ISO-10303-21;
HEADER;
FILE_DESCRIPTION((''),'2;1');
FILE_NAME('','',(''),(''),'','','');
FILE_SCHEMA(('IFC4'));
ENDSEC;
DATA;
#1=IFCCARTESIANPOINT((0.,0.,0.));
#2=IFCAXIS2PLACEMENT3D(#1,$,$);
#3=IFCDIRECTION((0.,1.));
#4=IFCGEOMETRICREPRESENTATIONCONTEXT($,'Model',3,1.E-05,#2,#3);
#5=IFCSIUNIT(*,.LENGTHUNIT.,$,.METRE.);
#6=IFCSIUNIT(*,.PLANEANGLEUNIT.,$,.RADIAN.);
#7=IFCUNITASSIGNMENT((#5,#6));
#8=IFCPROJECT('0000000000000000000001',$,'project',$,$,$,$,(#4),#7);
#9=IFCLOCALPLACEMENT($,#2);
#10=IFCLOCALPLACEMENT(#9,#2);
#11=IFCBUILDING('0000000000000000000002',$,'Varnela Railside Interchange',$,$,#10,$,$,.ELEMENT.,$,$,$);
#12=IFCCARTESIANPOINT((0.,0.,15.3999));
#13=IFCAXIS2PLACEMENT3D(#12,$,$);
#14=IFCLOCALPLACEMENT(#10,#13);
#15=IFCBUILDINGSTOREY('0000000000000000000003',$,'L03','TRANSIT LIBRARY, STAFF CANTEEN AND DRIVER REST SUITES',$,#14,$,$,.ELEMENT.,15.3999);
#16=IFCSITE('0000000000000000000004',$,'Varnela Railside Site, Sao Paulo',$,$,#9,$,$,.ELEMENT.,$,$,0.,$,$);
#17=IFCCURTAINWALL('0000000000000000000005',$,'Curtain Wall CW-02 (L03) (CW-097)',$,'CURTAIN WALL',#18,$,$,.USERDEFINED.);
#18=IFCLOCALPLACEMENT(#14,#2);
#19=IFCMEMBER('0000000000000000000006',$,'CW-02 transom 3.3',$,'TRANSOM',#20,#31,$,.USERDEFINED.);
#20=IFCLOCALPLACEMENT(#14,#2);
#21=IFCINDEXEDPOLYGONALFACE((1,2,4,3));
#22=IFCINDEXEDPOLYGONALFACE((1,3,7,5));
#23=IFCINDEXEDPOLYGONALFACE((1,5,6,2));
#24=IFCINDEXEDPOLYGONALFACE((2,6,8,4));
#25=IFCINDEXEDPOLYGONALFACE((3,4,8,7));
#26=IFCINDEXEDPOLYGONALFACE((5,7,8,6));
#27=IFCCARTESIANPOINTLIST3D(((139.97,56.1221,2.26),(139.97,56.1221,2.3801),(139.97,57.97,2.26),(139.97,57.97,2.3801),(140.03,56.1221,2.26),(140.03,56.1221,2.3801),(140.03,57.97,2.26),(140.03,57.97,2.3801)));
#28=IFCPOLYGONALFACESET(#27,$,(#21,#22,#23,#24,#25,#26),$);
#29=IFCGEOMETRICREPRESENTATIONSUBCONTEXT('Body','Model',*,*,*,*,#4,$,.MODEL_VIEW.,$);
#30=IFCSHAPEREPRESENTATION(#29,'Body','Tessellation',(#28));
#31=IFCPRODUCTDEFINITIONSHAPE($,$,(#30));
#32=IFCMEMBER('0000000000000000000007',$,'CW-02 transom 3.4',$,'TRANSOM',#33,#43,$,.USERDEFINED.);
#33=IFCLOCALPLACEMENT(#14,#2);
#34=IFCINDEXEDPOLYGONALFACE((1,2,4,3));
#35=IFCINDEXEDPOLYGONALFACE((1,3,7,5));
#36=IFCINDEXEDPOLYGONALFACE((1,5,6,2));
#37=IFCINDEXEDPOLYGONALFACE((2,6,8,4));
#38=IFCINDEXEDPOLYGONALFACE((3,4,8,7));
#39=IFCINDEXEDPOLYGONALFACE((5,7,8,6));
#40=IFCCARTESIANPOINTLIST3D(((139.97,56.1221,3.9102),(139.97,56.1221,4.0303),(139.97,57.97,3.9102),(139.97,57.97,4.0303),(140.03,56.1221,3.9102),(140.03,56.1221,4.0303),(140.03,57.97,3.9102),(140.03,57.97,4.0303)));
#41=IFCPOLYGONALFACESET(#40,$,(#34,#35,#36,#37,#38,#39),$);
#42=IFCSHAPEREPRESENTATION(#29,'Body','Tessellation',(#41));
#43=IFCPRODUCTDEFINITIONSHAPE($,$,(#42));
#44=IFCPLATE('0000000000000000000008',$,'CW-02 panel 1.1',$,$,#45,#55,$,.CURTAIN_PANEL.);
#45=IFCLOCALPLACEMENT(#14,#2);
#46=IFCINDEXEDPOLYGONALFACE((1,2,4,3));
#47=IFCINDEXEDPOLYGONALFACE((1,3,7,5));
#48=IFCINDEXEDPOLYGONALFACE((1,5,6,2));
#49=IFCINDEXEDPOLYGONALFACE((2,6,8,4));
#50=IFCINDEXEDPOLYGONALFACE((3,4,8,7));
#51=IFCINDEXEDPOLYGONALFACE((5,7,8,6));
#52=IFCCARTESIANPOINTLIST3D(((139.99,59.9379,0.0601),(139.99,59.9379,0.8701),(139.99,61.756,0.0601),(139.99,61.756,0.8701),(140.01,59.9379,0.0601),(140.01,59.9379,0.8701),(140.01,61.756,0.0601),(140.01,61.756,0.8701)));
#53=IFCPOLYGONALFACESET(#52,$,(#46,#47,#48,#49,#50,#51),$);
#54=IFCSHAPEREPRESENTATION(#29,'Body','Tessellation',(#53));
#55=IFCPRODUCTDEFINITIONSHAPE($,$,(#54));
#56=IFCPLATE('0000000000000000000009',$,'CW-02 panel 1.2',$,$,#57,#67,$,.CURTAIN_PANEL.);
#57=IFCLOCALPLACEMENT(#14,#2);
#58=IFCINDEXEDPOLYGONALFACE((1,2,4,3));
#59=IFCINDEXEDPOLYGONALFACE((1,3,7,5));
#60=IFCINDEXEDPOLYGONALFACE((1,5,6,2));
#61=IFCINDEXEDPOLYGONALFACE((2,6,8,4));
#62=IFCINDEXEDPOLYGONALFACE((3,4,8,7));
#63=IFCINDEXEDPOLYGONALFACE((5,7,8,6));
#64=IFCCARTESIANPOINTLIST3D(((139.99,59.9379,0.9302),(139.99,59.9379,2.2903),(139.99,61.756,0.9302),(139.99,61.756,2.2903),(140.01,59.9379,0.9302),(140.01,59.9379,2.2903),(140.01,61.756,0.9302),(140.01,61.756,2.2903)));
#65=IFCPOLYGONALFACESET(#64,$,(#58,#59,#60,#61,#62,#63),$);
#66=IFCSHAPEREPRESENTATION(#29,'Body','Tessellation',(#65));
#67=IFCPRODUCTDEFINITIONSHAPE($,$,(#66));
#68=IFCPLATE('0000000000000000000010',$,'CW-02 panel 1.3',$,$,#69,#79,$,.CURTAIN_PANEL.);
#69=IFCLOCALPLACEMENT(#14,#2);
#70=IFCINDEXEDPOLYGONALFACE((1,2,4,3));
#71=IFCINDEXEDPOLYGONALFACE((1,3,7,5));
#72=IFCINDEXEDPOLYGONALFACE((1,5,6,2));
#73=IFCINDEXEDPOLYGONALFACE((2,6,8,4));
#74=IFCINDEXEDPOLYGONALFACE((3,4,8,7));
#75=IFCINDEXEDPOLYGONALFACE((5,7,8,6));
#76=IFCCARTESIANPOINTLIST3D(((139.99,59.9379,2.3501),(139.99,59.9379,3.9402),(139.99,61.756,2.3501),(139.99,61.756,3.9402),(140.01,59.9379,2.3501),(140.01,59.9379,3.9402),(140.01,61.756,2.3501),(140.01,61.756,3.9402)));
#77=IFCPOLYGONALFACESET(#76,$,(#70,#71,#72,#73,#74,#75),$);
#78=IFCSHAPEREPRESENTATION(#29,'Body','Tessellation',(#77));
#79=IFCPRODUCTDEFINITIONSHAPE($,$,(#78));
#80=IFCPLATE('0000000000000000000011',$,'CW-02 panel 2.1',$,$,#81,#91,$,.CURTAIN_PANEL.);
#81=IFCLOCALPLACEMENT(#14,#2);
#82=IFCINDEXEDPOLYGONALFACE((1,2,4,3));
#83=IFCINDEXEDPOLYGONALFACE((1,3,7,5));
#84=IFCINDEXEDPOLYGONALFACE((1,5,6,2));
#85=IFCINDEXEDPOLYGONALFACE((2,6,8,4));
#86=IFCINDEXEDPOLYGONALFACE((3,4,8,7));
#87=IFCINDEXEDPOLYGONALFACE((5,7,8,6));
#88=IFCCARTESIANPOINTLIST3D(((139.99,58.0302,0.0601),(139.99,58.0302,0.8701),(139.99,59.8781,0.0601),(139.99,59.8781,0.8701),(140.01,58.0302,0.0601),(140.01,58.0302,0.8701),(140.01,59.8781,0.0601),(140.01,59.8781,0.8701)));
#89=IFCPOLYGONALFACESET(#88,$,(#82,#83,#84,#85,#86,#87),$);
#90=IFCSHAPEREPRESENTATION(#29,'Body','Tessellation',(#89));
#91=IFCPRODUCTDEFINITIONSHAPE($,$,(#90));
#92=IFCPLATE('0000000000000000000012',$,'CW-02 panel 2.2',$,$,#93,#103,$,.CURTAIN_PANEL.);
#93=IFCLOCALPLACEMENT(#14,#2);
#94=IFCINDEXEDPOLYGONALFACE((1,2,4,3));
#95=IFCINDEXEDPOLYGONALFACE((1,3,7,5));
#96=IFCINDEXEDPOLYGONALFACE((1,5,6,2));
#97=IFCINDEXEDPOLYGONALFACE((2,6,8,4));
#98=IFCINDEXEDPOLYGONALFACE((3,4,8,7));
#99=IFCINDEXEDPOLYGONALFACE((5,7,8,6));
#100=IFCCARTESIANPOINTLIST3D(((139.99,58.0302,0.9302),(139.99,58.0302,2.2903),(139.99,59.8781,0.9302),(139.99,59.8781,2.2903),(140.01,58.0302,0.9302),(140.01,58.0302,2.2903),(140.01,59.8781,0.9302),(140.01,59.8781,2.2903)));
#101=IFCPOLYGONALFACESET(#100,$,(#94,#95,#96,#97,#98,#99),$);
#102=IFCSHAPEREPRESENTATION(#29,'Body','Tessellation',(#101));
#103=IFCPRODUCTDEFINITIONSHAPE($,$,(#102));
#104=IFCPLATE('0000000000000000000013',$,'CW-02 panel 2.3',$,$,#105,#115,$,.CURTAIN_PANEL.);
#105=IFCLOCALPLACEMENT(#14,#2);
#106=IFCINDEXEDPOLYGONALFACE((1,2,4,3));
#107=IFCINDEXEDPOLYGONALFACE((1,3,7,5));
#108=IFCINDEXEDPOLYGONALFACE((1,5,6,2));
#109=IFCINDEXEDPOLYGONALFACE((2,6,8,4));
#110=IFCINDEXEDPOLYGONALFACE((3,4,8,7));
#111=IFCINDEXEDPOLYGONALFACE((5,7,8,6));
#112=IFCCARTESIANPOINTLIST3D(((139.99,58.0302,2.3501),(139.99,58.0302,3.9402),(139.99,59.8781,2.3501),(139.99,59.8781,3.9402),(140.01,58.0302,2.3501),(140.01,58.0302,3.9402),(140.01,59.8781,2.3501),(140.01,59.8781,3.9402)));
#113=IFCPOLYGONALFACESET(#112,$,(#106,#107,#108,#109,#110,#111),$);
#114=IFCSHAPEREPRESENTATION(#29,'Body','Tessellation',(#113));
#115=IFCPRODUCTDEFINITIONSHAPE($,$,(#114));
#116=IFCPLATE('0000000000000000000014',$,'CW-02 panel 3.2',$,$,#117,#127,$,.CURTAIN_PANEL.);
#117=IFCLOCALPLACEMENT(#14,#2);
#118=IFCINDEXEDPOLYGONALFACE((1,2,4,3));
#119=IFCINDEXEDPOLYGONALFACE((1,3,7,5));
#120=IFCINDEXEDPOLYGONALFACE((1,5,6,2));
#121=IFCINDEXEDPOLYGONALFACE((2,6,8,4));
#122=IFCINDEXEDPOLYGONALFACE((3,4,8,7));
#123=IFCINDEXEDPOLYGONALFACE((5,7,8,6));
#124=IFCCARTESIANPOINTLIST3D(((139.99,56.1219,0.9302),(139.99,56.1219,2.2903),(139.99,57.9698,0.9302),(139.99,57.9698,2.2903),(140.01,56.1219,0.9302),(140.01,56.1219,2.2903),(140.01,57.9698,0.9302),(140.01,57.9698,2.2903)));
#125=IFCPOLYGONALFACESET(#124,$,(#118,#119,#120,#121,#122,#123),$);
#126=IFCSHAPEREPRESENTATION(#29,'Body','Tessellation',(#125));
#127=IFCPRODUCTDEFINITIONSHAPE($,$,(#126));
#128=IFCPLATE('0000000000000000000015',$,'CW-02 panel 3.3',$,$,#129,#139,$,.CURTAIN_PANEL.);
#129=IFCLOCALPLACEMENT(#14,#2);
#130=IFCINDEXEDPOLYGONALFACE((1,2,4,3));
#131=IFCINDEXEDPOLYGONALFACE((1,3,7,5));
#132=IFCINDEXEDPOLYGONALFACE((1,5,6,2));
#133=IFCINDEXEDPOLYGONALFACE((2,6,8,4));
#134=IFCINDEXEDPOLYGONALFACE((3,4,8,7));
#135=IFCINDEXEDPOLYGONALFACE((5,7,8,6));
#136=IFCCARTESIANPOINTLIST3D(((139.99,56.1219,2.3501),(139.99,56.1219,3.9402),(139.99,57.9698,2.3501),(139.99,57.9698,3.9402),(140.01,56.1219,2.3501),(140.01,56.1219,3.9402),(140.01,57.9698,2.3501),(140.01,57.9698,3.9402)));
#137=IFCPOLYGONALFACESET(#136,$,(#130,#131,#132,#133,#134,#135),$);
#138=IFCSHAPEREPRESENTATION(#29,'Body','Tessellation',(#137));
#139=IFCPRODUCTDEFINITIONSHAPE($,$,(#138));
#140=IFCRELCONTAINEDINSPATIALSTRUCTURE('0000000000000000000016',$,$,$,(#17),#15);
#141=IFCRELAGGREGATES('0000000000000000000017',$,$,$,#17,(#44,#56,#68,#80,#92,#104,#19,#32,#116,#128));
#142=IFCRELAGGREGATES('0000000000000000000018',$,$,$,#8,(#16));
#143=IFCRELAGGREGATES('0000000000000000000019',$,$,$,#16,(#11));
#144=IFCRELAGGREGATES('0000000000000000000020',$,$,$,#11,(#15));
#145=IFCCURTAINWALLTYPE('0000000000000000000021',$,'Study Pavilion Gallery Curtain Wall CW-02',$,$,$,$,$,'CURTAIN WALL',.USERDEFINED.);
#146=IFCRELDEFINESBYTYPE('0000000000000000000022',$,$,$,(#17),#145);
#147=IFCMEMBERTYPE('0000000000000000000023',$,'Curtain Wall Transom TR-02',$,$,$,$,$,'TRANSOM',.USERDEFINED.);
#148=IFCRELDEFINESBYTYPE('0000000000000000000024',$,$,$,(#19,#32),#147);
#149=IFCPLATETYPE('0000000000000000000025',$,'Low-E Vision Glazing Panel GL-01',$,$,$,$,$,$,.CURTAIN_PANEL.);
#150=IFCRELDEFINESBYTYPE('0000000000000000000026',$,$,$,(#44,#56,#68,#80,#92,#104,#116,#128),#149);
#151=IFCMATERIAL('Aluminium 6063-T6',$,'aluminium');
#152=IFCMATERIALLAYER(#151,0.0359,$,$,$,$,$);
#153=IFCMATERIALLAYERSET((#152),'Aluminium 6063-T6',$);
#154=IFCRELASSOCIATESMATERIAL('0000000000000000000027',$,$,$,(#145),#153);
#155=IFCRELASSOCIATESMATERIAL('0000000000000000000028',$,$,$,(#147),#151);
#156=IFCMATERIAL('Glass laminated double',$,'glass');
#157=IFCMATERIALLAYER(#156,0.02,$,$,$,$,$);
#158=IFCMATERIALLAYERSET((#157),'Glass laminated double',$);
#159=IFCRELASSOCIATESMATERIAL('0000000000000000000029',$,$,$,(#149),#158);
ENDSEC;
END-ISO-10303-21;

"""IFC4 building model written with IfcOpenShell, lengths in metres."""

from ifc_helpers import new_model, si_unit, direction, frame, origin, origin_2d, place, context, subcontext, project, spatial, rectangle, extrude, material, layer, layer_set, material_profile, profile_set, type_object, element, aggregate, save


model = new_model("IFC4")

# Units and contexts
model_context = context("Model", 3, precision=1e-05, world=origin(), true_north=direction((0.0, 1.0)))
body_context = subcontext(model_context, "Body", "Model", "MODEL_VIEW")
ifc_project = project(units=[si_unit("LENGTHUNIT", "METRE"), si_unit("PLANEANGLEUNIT", "RADIAN")], contexts=[model_context])

# Site, building, storey
site_placement = place(None, origin())
site = spatial("IfcSite", under=ifc_project, at=site_placement, Name="Varnela Railside Site, Sao Paulo", CompositionType="ELEMENT", RefElevation=0.0)
building_placement = place(site_placement, origin())
building = spatial("IfcBuilding", under=site, at=building_placement, Name="Varnela Railside Interchange", CompositionType="ELEMENT")
storey_placement = place(building_placement, frame((0.0, 0.0, 15.3999)))
storey = spatial("IfcBuildingStorey", under=building, at=storey_placement, Name="L03", Description="TRANSIT LIBRARY, STAFF CANTEEN AND DRIVER REST SUITES", CompositionType="ELEMENT", Elevation=15.3999)

# Curtain wall, members, plates
ifc_material_1 = material(Name="Aluminium 6063-T6", Category="aluminium")
ifc_layer_1 = layer(ifc_material_1, 0.0359)
ifc_layer_set_1 = layer_set([ifc_layer_1], Name="Aluminium 6063-T6")
curtain_wall_type = type_object("IfcCurtainWallType", Name="Study Pavilion Gallery Curtain Wall CW-02", ElementType="CURTAIN WALL", PredefinedType="USERDEFINED", material=ifc_layer_set_1)
curtain_wall_placement = place(storey_placement, origin())
curtain_wall = element("IfcCurtainWall", 1, at=curtain_wall_placement, inside=storey, type_object=curtain_wall_type, Name="Curtain Wall CW-02 (L03) (CW-097)", ObjectType="CURTAIN WALL", PredefinedType="USERDEFINED")
ifc_material_profile_1 = material_profile(ifc_material_1, rectangle(XDim=0.0601, YDim=0.1201, at=origin_2d()), Name="ALU 60x120")
ifc_profile_set_1 = profile_set([ifc_material_profile_1], Name="Aluminium 6063-T6")
member_type_1 = type_object("IfcMemberType", Name="Curtain Wall Transom TR-02", ElementType="TRANSOM", PredefinedType="USERDEFINED", material=ifc_profile_set_1)
member_1_placement = place(storey_placement, frame((140.0, 57.97, 2.3201), z_axis=(0.0, -1.0, 0.0), x_axis=(1.0, 0.0, 0.0)))
member_1 = element("IfcMember", 2, at=member_1_placement, type_object=member_type_1, Name="CW-02 transom 3.3", ObjectType="TRANSOM", PredefinedType="USERDEFINED", context=body_context, shape_type="SweptSolid", body=[
    extrude(rectangle(XDim=0.0601, YDim=0.1201, at=origin_2d()), origin(), (0.0, 0.0, 1.0), 1.8479),
])
member_2_placement = place(storey_placement, frame((140.0, 57.97, 3.9702), z_axis=(0.0, -1.0, 0.0), x_axis=(1.0, 0.0, 0.0)))
member_2 = element("IfcMember", 3, at=member_2_placement, type_object=member_type_1, Name="CW-02 transom 3.4", ObjectType="TRANSOM", PredefinedType="USERDEFINED", context=body_context, shape_type="SweptSolid", body=[
    extrude(rectangle(XDim=0.0601, YDim=0.1201, at=origin_2d()), origin(), (0.0, 0.0, 1.0), 1.8479),
])
ifc_material_2 = material(Name="Glass laminated double", Category="glass")
ifc_layer_2 = layer(ifc_material_2, 0.02)
ifc_layer_set_2 = layer_set([ifc_layer_2], Name="Glass laminated double")
plate_type = type_object("IfcPlateType", Name="Low-E Vision Glazing Panel GL-01", PredefinedType="CURTAIN_PANEL", material=ifc_layer_set_2)
plate_1_placement = place(storey_placement, frame((140.0, 60.8469, 0.0601), z_axis=(0.0, 0.0, 1.0), x_axis=(0.0, -1.0, 0.0)))
plate_1 = element("IfcPlate", 4, at=plate_1_placement, type_object=plate_type, Name="CW-02 panel 1.1", PredefinedType="CURTAIN_PANEL", context=body_context, shape_type="SweptSolid", body=[
    extrude(rectangle(XDim=1.8181, YDim=0.02, at=origin_2d()), origin(), (0.0, 0.0, 1.0), 0.8101),
])
plate_2_placement = place(storey_placement, frame((140.0, 60.8469, 0.9302), z_axis=(0.0, 0.0, 1.0), x_axis=(0.0, -1.0, 0.0)))
plate_2 = element("IfcPlate", 5, at=plate_2_placement, type_object=plate_type, Name="CW-02 panel 1.2", PredefinedType="CURTAIN_PANEL", context=body_context, shape_type="SweptSolid", body=[
    extrude(rectangle(XDim=1.8181, YDim=0.02, at=origin_2d()), origin(), (0.0, 0.0, 1.0), 1.3601),
])
plate_3_placement = place(storey_placement, frame((140.0, 60.8469, 2.3501), z_axis=(0.0, 0.0, 1.0), x_axis=(0.0, -1.0, 0.0)))
plate_3 = element("IfcPlate", 6, at=plate_3_placement, type_object=plate_type, Name="CW-02 panel 1.3", PredefinedType="CURTAIN_PANEL", context=body_context, shape_type="SweptSolid", body=[
    extrude(rectangle(XDim=1.8181, YDim=0.02, at=origin_2d()), origin(), (0.0, 0.0, 1.0), 1.5901),
])
plate_4_placement = place(storey_placement, frame((140.0, 58.9541, 0.0601), z_axis=(0.0, 0.0, 1.0), x_axis=(0.0, -1.0, 0.0)))
plate_4 = element("IfcPlate", 7, at=plate_4_placement, type_object=plate_type, Name="CW-02 panel 2.1", PredefinedType="CURTAIN_PANEL", context=body_context, shape_type="SweptSolid", body=[
    extrude(rectangle(XDim=1.8479, YDim=0.02, at=origin_2d()), origin(), (0.0, 0.0, 1.0), 0.8101),
])
plate_5_placement = place(storey_placement, frame((140.0, 58.9541, 0.9302), z_axis=(0.0, 0.0, 1.0), x_axis=(0.0, -1.0, 0.0)))
plate_5 = element("IfcPlate", 8, at=plate_5_placement, type_object=plate_type, Name="CW-02 panel 2.2", PredefinedType="CURTAIN_PANEL", context=body_context, shape_type="SweptSolid", body=[
    extrude(rectangle(XDim=1.8479, YDim=0.02, at=origin_2d()), origin(), (0.0, 0.0, 1.0), 1.3601),
])
plate_6_placement = place(storey_placement, frame((140.0, 58.9541, 2.3501), z_axis=(0.0, 0.0, 1.0), x_axis=(0.0, -1.0, 0.0)))
plate_6 = element("IfcPlate", 9, at=plate_6_placement, type_object=plate_type, Name="CW-02 panel 2.3", PredefinedType="CURTAIN_PANEL", context=body_context, shape_type="SweptSolid", body=[
    extrude(rectangle(XDim=1.8479, YDim=0.02, at=origin_2d()), origin(), (0.0, 0.0, 1.0), 1.5901),
])
plate_7_placement = place(storey_placement, frame((140.0, 57.0459, 0.9302), z_axis=(0.0, 0.0, 1.0), x_axis=(0.0, -1.0, 0.0)))
plate_7 = element("IfcPlate", 10, at=plate_7_placement, type_object=plate_type, Name="CW-02 panel 3.2", PredefinedType="CURTAIN_PANEL", context=body_context, shape_type="SweptSolid", body=[
    extrude(rectangle(XDim=1.8479, YDim=0.02, at=origin_2d()), origin(), (0.0, 0.0, 1.0), 1.3601),
])
plate_8_placement = place(storey_placement, frame((140.0, 57.0459, 2.3501), z_axis=(0.0, 0.0, 1.0), x_axis=(0.0, -1.0, 0.0)))
plate_8 = element("IfcPlate", 11, at=plate_8_placement, type_object=plate_type, Name="CW-02 panel 3.3", PredefinedType="CURTAIN_PANEL", context=body_context, shape_type="SweptSolid", body=[
    extrude(rectangle(XDim=1.8479, YDim=0.02, at=origin_2d()), origin(), (0.0, 0.0, 1.0), 1.5901),
])
aggregate(curtain_wall, [plate_1, plate_2, plate_3, plate_4, plate_5, plate_6, member_1, member_2, plate_7, plate_8])

save(model, "model.ifc")
